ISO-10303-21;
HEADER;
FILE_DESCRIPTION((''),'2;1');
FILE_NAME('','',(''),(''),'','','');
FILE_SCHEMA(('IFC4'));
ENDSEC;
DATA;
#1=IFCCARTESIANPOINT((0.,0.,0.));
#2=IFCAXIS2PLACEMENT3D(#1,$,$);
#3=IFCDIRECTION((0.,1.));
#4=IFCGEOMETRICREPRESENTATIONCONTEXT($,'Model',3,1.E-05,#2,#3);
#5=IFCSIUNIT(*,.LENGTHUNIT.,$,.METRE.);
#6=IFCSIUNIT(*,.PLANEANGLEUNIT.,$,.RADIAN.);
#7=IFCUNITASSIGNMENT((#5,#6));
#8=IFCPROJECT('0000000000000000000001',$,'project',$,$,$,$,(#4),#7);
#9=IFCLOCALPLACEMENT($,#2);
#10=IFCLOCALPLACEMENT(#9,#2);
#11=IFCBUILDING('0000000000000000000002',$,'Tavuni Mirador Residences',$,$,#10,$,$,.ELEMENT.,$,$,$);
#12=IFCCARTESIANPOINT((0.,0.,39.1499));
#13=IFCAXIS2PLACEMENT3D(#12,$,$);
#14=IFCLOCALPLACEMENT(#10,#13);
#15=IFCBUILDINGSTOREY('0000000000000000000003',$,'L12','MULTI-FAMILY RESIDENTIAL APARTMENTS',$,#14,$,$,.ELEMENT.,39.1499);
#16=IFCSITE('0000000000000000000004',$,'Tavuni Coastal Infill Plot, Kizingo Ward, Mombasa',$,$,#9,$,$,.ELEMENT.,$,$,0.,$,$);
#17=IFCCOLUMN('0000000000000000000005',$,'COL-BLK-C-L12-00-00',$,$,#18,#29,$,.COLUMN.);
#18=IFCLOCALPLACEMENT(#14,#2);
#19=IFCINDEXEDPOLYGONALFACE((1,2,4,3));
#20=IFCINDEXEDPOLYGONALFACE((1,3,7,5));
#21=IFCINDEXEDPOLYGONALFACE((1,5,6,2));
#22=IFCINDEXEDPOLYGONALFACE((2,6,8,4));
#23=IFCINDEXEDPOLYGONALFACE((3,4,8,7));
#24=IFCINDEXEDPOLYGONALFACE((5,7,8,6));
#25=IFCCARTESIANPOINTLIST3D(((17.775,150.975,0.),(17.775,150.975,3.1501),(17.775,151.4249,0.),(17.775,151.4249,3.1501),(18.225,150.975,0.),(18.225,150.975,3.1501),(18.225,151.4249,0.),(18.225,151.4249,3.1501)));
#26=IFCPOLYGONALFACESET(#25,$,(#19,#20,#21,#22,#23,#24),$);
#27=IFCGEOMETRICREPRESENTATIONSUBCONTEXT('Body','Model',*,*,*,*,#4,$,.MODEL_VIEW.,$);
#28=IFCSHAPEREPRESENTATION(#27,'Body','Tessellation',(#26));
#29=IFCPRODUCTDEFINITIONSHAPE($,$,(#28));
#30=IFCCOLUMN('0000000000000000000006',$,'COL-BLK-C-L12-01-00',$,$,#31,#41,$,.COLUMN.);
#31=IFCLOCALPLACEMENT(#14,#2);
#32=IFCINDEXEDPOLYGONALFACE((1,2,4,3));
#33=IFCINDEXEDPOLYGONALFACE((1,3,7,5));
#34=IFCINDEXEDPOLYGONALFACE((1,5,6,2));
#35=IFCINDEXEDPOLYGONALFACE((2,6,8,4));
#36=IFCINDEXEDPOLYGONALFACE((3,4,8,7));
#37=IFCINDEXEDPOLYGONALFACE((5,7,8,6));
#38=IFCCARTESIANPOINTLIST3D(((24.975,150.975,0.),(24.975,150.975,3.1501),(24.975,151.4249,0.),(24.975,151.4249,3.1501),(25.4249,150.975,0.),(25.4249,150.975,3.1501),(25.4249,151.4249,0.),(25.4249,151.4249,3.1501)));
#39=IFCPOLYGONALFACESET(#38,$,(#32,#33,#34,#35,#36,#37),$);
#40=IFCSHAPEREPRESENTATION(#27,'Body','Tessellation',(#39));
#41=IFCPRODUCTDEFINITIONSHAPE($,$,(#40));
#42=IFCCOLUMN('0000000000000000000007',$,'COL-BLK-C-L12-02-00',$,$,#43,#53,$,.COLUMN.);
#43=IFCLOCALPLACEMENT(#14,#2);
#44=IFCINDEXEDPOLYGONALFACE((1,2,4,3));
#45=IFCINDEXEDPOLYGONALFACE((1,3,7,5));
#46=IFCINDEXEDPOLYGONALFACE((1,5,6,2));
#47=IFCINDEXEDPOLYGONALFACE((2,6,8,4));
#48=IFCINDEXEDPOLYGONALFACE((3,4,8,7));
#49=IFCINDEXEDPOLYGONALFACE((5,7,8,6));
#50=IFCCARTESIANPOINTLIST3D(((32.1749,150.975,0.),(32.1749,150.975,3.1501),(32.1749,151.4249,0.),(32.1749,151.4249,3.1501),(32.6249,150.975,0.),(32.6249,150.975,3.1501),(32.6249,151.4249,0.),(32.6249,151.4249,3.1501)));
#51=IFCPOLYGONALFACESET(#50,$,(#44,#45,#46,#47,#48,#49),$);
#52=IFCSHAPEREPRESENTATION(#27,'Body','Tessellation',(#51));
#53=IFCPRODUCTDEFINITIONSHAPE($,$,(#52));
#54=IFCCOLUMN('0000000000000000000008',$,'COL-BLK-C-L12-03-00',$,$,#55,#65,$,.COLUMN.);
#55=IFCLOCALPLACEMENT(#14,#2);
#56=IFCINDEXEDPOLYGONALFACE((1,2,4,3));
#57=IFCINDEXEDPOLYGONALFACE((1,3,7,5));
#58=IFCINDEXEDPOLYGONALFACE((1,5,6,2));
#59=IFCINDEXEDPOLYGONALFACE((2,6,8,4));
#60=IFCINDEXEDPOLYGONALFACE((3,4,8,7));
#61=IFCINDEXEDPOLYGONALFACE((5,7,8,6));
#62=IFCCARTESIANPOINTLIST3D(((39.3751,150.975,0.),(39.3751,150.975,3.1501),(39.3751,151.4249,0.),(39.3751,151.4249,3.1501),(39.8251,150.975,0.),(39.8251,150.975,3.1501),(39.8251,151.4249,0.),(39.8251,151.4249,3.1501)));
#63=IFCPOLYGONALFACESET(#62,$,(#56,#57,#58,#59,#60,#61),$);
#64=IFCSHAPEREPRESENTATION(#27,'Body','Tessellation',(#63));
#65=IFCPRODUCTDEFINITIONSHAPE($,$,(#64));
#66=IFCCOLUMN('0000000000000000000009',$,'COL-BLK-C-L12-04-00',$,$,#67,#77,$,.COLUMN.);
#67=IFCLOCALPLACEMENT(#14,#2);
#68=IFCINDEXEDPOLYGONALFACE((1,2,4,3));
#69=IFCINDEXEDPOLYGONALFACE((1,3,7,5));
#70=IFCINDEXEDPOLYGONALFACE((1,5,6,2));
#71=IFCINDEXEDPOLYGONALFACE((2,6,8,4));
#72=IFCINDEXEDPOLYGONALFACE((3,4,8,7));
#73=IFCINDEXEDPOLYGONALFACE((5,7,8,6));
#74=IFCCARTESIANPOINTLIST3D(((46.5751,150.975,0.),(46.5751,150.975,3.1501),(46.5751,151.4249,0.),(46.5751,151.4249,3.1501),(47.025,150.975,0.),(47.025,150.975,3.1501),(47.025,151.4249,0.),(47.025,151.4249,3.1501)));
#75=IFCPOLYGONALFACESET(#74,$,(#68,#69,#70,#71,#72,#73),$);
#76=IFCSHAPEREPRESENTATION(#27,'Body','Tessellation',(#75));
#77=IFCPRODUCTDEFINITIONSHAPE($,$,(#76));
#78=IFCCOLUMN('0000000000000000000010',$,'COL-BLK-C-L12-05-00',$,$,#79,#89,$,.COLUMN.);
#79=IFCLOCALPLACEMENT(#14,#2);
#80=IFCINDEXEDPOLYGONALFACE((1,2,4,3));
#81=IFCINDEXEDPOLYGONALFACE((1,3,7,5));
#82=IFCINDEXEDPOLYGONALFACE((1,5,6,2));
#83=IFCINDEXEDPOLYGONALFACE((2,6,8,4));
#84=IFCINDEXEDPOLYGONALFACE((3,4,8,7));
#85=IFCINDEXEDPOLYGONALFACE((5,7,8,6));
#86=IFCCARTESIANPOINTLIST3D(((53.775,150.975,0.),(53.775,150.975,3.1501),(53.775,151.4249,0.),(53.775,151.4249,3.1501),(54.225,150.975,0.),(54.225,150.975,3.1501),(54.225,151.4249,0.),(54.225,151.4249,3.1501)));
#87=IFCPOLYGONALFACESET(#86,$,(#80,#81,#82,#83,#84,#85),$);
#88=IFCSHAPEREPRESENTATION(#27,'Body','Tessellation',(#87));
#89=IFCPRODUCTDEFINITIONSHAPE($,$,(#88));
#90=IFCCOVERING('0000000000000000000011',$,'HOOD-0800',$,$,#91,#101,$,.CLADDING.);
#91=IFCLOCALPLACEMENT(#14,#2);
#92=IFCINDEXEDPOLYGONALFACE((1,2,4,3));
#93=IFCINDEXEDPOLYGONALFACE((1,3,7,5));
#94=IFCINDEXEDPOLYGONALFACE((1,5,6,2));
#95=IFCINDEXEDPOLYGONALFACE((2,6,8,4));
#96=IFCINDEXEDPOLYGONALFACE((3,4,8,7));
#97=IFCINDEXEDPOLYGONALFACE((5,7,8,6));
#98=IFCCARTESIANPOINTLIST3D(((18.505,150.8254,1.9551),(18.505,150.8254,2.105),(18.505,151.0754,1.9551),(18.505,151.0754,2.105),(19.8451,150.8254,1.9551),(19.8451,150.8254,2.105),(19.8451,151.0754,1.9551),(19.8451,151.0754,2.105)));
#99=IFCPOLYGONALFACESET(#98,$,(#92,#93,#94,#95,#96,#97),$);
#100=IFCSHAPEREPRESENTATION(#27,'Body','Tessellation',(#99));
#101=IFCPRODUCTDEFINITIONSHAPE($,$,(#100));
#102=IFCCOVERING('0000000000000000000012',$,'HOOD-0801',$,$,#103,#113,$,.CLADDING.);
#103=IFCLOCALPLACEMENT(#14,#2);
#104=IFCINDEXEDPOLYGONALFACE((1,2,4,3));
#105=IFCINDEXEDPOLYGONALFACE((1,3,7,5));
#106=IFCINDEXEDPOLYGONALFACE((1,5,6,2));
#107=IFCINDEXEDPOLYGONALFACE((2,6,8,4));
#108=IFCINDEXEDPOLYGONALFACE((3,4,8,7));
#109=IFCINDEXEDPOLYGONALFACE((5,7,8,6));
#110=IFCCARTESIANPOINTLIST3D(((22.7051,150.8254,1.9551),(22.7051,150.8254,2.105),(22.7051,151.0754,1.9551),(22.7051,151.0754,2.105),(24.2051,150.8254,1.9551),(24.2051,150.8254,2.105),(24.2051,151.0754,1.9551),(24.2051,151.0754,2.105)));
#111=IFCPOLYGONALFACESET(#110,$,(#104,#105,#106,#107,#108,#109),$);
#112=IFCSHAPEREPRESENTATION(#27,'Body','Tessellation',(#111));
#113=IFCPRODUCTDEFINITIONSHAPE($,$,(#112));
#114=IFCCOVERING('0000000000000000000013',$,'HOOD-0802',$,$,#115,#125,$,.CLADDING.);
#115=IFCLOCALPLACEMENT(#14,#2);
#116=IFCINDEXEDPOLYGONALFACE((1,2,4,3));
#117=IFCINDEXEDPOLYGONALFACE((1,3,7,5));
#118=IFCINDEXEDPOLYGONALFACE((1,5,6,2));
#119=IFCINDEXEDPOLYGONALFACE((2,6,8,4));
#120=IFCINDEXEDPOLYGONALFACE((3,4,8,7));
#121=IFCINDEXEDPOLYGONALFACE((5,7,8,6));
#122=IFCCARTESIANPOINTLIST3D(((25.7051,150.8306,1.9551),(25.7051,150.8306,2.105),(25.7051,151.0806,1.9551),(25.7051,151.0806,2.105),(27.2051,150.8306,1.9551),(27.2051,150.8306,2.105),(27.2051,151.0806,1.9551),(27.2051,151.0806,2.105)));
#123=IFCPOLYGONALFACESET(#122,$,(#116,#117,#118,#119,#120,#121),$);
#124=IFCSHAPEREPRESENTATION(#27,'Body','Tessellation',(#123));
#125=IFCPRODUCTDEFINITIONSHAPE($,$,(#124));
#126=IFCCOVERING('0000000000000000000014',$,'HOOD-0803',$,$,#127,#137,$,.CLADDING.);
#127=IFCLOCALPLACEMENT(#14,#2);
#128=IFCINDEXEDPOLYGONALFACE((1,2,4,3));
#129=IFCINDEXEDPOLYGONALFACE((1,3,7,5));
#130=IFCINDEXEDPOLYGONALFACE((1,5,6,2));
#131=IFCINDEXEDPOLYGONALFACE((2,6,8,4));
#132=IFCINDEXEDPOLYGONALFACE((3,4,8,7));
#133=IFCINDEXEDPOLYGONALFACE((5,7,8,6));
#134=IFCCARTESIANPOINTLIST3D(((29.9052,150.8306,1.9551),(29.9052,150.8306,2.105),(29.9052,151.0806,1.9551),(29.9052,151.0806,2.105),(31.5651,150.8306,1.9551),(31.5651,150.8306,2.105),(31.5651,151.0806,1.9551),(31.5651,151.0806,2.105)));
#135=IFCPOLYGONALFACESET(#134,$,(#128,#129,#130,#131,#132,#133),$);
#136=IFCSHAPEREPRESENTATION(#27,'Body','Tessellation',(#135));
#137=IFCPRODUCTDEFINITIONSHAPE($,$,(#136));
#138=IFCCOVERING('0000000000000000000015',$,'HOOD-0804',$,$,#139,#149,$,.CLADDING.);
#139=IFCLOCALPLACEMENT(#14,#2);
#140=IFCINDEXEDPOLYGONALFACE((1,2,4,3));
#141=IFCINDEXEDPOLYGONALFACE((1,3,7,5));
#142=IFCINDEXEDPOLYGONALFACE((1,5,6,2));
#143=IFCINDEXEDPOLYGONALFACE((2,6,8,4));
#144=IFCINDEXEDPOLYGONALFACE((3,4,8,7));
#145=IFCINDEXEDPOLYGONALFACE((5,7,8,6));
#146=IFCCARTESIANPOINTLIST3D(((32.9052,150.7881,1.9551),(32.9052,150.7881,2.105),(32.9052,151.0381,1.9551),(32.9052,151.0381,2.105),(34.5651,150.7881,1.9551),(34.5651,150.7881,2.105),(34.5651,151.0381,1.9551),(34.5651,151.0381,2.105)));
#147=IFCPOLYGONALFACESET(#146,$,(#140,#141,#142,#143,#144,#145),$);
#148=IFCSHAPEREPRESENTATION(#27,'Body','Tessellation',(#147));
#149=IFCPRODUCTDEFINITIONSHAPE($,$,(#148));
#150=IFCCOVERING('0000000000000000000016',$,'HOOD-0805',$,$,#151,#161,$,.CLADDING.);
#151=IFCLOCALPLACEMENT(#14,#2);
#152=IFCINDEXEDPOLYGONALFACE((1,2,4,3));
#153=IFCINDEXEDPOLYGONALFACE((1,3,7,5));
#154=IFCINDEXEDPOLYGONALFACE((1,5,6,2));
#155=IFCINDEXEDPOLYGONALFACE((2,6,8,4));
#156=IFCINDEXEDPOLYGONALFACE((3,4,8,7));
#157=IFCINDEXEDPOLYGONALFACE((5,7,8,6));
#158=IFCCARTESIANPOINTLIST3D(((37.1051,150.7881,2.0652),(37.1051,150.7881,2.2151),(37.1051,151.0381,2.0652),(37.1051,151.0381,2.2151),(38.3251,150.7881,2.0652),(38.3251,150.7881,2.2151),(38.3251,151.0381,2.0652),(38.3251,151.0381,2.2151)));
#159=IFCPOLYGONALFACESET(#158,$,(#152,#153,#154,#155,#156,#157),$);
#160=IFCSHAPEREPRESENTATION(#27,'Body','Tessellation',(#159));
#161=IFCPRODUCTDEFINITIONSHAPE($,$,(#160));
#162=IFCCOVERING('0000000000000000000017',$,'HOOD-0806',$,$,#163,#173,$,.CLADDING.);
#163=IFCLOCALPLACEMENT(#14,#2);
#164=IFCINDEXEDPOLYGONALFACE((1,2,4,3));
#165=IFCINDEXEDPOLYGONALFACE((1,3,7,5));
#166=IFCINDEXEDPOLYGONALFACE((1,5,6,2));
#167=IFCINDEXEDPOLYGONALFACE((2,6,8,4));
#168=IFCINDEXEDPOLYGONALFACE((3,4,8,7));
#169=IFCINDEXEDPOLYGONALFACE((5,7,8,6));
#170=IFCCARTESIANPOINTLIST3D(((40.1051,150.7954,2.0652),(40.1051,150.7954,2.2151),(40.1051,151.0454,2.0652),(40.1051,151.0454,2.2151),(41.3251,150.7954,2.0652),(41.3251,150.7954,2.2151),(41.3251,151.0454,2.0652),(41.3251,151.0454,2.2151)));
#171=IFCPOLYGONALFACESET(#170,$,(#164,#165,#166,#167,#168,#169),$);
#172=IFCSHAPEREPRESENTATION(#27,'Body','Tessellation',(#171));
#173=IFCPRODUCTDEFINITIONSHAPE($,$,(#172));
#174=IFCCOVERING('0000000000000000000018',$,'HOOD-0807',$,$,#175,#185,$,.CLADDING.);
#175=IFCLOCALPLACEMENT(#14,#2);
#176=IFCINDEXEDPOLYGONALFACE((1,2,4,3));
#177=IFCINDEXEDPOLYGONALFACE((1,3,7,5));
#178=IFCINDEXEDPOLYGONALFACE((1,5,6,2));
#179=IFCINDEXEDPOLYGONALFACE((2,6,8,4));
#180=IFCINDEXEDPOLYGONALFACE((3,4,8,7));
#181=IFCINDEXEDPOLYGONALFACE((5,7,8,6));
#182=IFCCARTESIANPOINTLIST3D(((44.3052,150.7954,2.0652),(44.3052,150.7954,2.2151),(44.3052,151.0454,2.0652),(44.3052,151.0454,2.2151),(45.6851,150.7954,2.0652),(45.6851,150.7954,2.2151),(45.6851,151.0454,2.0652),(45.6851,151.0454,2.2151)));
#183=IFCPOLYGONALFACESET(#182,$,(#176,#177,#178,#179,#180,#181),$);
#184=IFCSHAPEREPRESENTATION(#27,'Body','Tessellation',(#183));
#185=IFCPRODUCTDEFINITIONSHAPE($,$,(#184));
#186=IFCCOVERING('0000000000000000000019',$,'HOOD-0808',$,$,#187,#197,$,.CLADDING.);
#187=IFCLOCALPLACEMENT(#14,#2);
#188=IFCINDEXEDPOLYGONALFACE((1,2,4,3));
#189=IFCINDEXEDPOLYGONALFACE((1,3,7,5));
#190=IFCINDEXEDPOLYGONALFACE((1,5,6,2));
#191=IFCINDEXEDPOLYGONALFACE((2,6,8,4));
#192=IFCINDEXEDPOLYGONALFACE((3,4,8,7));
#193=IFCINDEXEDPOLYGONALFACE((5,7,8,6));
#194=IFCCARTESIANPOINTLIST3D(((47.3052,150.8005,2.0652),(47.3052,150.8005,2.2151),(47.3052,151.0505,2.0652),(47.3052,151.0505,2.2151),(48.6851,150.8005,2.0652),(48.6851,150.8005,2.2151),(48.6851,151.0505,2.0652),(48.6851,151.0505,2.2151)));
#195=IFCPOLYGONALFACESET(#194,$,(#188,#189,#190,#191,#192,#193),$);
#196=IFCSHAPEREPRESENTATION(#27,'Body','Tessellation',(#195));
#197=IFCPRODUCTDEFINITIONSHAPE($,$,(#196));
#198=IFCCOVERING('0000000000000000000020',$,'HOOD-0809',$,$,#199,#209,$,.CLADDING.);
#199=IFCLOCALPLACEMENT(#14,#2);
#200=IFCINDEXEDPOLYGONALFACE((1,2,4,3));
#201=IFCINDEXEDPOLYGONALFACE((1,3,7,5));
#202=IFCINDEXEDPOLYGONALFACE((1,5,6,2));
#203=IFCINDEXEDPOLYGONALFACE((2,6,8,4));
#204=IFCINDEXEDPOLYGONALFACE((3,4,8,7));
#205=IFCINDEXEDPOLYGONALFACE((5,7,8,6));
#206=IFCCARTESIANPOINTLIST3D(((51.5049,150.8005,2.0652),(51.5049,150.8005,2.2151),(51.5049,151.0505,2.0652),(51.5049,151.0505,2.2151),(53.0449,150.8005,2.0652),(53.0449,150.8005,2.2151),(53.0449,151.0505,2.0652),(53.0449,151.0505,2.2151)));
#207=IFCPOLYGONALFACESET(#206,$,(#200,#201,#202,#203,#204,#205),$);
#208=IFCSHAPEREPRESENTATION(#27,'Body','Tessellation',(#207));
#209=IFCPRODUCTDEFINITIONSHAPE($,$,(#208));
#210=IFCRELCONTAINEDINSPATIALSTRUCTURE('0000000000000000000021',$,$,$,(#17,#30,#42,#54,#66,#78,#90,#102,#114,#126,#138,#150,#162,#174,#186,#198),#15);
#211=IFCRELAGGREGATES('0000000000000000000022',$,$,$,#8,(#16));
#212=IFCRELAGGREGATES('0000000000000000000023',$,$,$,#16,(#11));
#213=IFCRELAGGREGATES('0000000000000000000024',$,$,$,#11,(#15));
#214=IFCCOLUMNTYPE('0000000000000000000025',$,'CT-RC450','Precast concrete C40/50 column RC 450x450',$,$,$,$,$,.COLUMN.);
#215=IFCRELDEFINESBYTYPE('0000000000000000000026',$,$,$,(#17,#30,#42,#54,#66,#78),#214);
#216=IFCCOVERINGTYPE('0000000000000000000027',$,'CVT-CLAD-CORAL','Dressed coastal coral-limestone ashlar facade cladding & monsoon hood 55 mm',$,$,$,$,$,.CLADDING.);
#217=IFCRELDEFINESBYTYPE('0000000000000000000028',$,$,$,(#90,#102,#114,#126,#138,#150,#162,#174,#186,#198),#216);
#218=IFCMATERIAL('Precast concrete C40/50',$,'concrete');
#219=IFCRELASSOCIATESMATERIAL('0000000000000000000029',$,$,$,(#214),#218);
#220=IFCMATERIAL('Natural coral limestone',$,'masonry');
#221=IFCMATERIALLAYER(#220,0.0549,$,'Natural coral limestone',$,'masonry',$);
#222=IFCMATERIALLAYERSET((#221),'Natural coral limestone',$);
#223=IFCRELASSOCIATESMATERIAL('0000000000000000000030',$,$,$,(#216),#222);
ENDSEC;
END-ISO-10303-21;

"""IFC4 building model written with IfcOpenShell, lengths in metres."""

from ifc_helpers import new_model, si_unit, direction, frame, origin, origin_2d, place, context, subcontext, project, spatial, rectangle, extrude, material, layer, layer_set, material_profile, profile_set, type_object, element, save


model = new_model("IFC4")

# Units and contexts
model_context = context("Model", 3, precision=1e-05, world=origin(), true_north=direction((0.0, 1.0)))
body_context = subcontext(model_context, "Body", "Model", "MODEL_VIEW")
ifc_project = project(units=[si_unit("LENGTHUNIT", "METRE"), si_unit("PLANEANGLEUNIT", "RADIAN")], contexts=[model_context])

# Site, building, storey
site_placement = place(None, origin())
site = spatial("IfcSite", under=ifc_project, at=site_placement, Name="Tavuni Coastal Infill Plot, Kizingo Ward, Mombasa", CompositionType="ELEMENT", RefElevation=0.0)
building_placement = place(site_placement, origin())
building = spatial("IfcBuilding", under=site, at=building_placement, Name="Tavuni Mirador Residences", CompositionType="ELEMENT")
storey_placement = place(building_placement, frame((0.0, 0.0, 39.1499)))
storey = spatial("IfcBuildingStorey", under=building, at=storey_placement, Name="L12", Description="MULTI-FAMILY RESIDENTIAL APARTMENTS", CompositionType="ELEMENT", Elevation=39.1499)

# Columns
ifc_material_1 = material(Name="Precast concrete C40/50", Category="concrete")
ifc_material_profile = material_profile(ifc_material_1, rectangle(XDim=0.45, YDim=0.45, at=origin_2d()), Name="RC 450x450", Category="concrete")
ifc_profile_set = profile_set([ifc_material_profile], Name="Precast concrete C40/50")
column_type = type_object("IfcColumnType", Name="CT-RC450", Description="Precast concrete C40/50 column RC 450x450", PredefinedType="COLUMN", material=ifc_profile_set)
for number, where, z_axis, x_axis, name in (
    (1, (18.0, 151.2, 0.0), (0.0, 0.0, 1.0), (1.0, 0.0, 0.0), "COL-BLK-C-L12-00-00"),
    (2, (25.2, 151.2, 0.0), (0.0, 0.0, 1.0), (1.0, 0.0, 0.0), "COL-BLK-C-L12-01-00"),
    (3, (32.3999, 151.2, 0.0), (0.0, 0.0, 1.0), (1.0, 0.0, 0.0), "COL-BLK-C-L12-02-00"),
    (4, (39.6001, 151.2, 0.0), (0.0, 0.0, 1.0), (1.0, 0.0, 0.0), "COL-BLK-C-L12-03-00"),
    (5, (46.8, 151.2, 0.0), (0.0, 0.0, 1.0), (1.0, 0.0, 0.0), "COL-BLK-C-L12-04-00"),
    (6, (54.0, 151.2, 0.0), (0.0, 0.0, 1.0), (1.0, 0.0, 0.0), "COL-BLK-C-L12-05-00"),
):
    element("IfcColumn", number, at=place(storey_placement, frame(where, z_axis=z_axis, x_axis=x_axis)), inside=storey, type_object=column_type, Name=name, PredefinedType="COLUMN", context=body_context, shape_type="SweptSolid", body=[
        extrude(rectangle(XDim=0.45, YDim=0.45, at=origin_2d()), origin(), (0.0, 0.0, 1.0), 3.1501),
    ])

# Coverings
ifc_material_2 = material(Name="Natural coral limestone", Category="masonry")
ifc_layer = layer(ifc_material_2, 0.0549, Name="Natural coral limestone", Category="masonry")
ifc_layer_set = layer_set([ifc_layer], Name="Natural coral limestone")
covering_type = type_object("IfcCoveringType", Name="CVT-CLAD-CORAL", Description="Dressed coastal coral-limestone ashlar facade cladding & monsoon hood 55 mm", PredefinedType="CLADDING", material=ifc_layer_set)
covering_1_placement = place(storey_placement, frame((19.175, 150.9504, 1.9551), z_axis=(0.0, 0.0, 1.0), x_axis=(1.0, 0.0, 0.0)))
element("IfcCovering", 7, at=covering_1_placement, inside=storey, type_object=covering_type, Name="HOOD-0800", PredefinedType="CLADDING", context=body_context, shape_type="SweptSolid", body=[
    extrude(rectangle(XDim=1.3401, YDim=0.25, at=origin_2d()), origin(), (0.0, 0.0, 1.0), 0.1499),
])
for number, where, z_axis, x_axis, name in (
    (8, (23.4551, 150.9504, 1.9551), (0.0, 0.0, 1.0), (1.0, 0.0, 0.0), "HOOD-0801"),
    (9, (26.4551, 150.9556, 1.9551), (0.0, 0.0, 1.0), (1.0, 0.0, 0.0), "HOOD-0802"),
):
    element("IfcCovering", number, at=place(storey_placement, frame(where, z_axis=z_axis, x_axis=x_axis)), inside=storey, type_object=covering_type, Name=name, PredefinedType="CLADDING", context=body_context, shape_type="SweptSolid", body=[
        extrude(rectangle(XDim=1.5, YDim=0.25, at=origin_2d()), origin(), (0.0, 0.0, 1.0), 0.1499),
    ])
for number, where, z_axis, x_axis, name in (
    (10, (30.7351, 150.9556, 1.9551), (0.0, 0.0, 1.0), (1.0, 0.0, 0.0), "HOOD-0803"),
    (11, (33.7351, 150.9131, 1.9551), (0.0, 0.0, 1.0), (1.0, 0.0, 0.0), "HOOD-0804"),
):
    element("IfcCovering", number, at=place(storey_placement, frame(where, z_axis=z_axis, x_axis=x_axis)), inside=storey, type_object=covering_type, Name=name, PredefinedType="CLADDING", context=body_context, shape_type="SweptSolid", body=[
        extrude(rectangle(XDim=1.6599, YDim=0.25, at=origin_2d()), origin(), (0.0, 0.0, 1.0), 0.1499),
    ])
for number, where, z_axis, x_axis, name in (
    (12, (37.7151, 150.9131, 2.0652), (0.0, 0.0, 1.0), (1.0, 0.0, 0.0), "HOOD-0805"),
    (13, (40.7151, 150.9204, 2.0652), (0.0, 0.0, 1.0), (1.0, 0.0, 0.0), "HOOD-0806"),
):
    element("IfcCovering", number, at=place(storey_placement, frame(where, z_axis=z_axis, x_axis=x_axis)), inside=storey, type_object=covering_type, Name=name, PredefinedType="CLADDING", context=body_context, shape_type="SweptSolid", body=[
        extrude(rectangle(XDim=1.22, YDim=0.25, at=origin_2d()), origin(), (0.0, 0.0, 1.0), 0.1499),
    ])
for number, where, z_axis, x_axis, name in (
    (14, (44.9951, 150.9204, 2.0652), (0.0, 0.0, 1.0), (1.0, 0.0, 0.0), "HOOD-0807"),
    (15, (47.9951, 150.9255, 2.0652), (0.0, 0.0, 1.0), (1.0, 0.0, 0.0), "HOOD-0808"),
):
    element("IfcCovering", number, at=place(storey_placement, frame(where, z_axis=z_axis, x_axis=x_axis)), inside=storey, type_object=covering_type, Name=name, PredefinedType="CLADDING", context=body_context, shape_type="SweptSolid", body=[
        extrude(rectangle(XDim=1.3799, YDim=0.25, at=origin_2d()), origin(), (0.0, 0.0, 1.0), 0.1499),
    ])
covering_2_placement = place(storey_placement, frame((52.2749, 150.9255, 2.0652), z_axis=(0.0, 0.0, 1.0), x_axis=(1.0, 0.0, 0.0)))
element("IfcCovering", 16, at=covering_2_placement, inside=storey, type_object=covering_type, Name="HOOD-0809", PredefinedType="CLADDING", context=body_context, shape_type="SweptSolid", body=[
    extrude(rectangle(XDim=1.54, YDim=0.25, at=origin_2d()), origin(), (0.0, 0.0, 1.0), 0.1499),
])

save(model, "model.ifc")
